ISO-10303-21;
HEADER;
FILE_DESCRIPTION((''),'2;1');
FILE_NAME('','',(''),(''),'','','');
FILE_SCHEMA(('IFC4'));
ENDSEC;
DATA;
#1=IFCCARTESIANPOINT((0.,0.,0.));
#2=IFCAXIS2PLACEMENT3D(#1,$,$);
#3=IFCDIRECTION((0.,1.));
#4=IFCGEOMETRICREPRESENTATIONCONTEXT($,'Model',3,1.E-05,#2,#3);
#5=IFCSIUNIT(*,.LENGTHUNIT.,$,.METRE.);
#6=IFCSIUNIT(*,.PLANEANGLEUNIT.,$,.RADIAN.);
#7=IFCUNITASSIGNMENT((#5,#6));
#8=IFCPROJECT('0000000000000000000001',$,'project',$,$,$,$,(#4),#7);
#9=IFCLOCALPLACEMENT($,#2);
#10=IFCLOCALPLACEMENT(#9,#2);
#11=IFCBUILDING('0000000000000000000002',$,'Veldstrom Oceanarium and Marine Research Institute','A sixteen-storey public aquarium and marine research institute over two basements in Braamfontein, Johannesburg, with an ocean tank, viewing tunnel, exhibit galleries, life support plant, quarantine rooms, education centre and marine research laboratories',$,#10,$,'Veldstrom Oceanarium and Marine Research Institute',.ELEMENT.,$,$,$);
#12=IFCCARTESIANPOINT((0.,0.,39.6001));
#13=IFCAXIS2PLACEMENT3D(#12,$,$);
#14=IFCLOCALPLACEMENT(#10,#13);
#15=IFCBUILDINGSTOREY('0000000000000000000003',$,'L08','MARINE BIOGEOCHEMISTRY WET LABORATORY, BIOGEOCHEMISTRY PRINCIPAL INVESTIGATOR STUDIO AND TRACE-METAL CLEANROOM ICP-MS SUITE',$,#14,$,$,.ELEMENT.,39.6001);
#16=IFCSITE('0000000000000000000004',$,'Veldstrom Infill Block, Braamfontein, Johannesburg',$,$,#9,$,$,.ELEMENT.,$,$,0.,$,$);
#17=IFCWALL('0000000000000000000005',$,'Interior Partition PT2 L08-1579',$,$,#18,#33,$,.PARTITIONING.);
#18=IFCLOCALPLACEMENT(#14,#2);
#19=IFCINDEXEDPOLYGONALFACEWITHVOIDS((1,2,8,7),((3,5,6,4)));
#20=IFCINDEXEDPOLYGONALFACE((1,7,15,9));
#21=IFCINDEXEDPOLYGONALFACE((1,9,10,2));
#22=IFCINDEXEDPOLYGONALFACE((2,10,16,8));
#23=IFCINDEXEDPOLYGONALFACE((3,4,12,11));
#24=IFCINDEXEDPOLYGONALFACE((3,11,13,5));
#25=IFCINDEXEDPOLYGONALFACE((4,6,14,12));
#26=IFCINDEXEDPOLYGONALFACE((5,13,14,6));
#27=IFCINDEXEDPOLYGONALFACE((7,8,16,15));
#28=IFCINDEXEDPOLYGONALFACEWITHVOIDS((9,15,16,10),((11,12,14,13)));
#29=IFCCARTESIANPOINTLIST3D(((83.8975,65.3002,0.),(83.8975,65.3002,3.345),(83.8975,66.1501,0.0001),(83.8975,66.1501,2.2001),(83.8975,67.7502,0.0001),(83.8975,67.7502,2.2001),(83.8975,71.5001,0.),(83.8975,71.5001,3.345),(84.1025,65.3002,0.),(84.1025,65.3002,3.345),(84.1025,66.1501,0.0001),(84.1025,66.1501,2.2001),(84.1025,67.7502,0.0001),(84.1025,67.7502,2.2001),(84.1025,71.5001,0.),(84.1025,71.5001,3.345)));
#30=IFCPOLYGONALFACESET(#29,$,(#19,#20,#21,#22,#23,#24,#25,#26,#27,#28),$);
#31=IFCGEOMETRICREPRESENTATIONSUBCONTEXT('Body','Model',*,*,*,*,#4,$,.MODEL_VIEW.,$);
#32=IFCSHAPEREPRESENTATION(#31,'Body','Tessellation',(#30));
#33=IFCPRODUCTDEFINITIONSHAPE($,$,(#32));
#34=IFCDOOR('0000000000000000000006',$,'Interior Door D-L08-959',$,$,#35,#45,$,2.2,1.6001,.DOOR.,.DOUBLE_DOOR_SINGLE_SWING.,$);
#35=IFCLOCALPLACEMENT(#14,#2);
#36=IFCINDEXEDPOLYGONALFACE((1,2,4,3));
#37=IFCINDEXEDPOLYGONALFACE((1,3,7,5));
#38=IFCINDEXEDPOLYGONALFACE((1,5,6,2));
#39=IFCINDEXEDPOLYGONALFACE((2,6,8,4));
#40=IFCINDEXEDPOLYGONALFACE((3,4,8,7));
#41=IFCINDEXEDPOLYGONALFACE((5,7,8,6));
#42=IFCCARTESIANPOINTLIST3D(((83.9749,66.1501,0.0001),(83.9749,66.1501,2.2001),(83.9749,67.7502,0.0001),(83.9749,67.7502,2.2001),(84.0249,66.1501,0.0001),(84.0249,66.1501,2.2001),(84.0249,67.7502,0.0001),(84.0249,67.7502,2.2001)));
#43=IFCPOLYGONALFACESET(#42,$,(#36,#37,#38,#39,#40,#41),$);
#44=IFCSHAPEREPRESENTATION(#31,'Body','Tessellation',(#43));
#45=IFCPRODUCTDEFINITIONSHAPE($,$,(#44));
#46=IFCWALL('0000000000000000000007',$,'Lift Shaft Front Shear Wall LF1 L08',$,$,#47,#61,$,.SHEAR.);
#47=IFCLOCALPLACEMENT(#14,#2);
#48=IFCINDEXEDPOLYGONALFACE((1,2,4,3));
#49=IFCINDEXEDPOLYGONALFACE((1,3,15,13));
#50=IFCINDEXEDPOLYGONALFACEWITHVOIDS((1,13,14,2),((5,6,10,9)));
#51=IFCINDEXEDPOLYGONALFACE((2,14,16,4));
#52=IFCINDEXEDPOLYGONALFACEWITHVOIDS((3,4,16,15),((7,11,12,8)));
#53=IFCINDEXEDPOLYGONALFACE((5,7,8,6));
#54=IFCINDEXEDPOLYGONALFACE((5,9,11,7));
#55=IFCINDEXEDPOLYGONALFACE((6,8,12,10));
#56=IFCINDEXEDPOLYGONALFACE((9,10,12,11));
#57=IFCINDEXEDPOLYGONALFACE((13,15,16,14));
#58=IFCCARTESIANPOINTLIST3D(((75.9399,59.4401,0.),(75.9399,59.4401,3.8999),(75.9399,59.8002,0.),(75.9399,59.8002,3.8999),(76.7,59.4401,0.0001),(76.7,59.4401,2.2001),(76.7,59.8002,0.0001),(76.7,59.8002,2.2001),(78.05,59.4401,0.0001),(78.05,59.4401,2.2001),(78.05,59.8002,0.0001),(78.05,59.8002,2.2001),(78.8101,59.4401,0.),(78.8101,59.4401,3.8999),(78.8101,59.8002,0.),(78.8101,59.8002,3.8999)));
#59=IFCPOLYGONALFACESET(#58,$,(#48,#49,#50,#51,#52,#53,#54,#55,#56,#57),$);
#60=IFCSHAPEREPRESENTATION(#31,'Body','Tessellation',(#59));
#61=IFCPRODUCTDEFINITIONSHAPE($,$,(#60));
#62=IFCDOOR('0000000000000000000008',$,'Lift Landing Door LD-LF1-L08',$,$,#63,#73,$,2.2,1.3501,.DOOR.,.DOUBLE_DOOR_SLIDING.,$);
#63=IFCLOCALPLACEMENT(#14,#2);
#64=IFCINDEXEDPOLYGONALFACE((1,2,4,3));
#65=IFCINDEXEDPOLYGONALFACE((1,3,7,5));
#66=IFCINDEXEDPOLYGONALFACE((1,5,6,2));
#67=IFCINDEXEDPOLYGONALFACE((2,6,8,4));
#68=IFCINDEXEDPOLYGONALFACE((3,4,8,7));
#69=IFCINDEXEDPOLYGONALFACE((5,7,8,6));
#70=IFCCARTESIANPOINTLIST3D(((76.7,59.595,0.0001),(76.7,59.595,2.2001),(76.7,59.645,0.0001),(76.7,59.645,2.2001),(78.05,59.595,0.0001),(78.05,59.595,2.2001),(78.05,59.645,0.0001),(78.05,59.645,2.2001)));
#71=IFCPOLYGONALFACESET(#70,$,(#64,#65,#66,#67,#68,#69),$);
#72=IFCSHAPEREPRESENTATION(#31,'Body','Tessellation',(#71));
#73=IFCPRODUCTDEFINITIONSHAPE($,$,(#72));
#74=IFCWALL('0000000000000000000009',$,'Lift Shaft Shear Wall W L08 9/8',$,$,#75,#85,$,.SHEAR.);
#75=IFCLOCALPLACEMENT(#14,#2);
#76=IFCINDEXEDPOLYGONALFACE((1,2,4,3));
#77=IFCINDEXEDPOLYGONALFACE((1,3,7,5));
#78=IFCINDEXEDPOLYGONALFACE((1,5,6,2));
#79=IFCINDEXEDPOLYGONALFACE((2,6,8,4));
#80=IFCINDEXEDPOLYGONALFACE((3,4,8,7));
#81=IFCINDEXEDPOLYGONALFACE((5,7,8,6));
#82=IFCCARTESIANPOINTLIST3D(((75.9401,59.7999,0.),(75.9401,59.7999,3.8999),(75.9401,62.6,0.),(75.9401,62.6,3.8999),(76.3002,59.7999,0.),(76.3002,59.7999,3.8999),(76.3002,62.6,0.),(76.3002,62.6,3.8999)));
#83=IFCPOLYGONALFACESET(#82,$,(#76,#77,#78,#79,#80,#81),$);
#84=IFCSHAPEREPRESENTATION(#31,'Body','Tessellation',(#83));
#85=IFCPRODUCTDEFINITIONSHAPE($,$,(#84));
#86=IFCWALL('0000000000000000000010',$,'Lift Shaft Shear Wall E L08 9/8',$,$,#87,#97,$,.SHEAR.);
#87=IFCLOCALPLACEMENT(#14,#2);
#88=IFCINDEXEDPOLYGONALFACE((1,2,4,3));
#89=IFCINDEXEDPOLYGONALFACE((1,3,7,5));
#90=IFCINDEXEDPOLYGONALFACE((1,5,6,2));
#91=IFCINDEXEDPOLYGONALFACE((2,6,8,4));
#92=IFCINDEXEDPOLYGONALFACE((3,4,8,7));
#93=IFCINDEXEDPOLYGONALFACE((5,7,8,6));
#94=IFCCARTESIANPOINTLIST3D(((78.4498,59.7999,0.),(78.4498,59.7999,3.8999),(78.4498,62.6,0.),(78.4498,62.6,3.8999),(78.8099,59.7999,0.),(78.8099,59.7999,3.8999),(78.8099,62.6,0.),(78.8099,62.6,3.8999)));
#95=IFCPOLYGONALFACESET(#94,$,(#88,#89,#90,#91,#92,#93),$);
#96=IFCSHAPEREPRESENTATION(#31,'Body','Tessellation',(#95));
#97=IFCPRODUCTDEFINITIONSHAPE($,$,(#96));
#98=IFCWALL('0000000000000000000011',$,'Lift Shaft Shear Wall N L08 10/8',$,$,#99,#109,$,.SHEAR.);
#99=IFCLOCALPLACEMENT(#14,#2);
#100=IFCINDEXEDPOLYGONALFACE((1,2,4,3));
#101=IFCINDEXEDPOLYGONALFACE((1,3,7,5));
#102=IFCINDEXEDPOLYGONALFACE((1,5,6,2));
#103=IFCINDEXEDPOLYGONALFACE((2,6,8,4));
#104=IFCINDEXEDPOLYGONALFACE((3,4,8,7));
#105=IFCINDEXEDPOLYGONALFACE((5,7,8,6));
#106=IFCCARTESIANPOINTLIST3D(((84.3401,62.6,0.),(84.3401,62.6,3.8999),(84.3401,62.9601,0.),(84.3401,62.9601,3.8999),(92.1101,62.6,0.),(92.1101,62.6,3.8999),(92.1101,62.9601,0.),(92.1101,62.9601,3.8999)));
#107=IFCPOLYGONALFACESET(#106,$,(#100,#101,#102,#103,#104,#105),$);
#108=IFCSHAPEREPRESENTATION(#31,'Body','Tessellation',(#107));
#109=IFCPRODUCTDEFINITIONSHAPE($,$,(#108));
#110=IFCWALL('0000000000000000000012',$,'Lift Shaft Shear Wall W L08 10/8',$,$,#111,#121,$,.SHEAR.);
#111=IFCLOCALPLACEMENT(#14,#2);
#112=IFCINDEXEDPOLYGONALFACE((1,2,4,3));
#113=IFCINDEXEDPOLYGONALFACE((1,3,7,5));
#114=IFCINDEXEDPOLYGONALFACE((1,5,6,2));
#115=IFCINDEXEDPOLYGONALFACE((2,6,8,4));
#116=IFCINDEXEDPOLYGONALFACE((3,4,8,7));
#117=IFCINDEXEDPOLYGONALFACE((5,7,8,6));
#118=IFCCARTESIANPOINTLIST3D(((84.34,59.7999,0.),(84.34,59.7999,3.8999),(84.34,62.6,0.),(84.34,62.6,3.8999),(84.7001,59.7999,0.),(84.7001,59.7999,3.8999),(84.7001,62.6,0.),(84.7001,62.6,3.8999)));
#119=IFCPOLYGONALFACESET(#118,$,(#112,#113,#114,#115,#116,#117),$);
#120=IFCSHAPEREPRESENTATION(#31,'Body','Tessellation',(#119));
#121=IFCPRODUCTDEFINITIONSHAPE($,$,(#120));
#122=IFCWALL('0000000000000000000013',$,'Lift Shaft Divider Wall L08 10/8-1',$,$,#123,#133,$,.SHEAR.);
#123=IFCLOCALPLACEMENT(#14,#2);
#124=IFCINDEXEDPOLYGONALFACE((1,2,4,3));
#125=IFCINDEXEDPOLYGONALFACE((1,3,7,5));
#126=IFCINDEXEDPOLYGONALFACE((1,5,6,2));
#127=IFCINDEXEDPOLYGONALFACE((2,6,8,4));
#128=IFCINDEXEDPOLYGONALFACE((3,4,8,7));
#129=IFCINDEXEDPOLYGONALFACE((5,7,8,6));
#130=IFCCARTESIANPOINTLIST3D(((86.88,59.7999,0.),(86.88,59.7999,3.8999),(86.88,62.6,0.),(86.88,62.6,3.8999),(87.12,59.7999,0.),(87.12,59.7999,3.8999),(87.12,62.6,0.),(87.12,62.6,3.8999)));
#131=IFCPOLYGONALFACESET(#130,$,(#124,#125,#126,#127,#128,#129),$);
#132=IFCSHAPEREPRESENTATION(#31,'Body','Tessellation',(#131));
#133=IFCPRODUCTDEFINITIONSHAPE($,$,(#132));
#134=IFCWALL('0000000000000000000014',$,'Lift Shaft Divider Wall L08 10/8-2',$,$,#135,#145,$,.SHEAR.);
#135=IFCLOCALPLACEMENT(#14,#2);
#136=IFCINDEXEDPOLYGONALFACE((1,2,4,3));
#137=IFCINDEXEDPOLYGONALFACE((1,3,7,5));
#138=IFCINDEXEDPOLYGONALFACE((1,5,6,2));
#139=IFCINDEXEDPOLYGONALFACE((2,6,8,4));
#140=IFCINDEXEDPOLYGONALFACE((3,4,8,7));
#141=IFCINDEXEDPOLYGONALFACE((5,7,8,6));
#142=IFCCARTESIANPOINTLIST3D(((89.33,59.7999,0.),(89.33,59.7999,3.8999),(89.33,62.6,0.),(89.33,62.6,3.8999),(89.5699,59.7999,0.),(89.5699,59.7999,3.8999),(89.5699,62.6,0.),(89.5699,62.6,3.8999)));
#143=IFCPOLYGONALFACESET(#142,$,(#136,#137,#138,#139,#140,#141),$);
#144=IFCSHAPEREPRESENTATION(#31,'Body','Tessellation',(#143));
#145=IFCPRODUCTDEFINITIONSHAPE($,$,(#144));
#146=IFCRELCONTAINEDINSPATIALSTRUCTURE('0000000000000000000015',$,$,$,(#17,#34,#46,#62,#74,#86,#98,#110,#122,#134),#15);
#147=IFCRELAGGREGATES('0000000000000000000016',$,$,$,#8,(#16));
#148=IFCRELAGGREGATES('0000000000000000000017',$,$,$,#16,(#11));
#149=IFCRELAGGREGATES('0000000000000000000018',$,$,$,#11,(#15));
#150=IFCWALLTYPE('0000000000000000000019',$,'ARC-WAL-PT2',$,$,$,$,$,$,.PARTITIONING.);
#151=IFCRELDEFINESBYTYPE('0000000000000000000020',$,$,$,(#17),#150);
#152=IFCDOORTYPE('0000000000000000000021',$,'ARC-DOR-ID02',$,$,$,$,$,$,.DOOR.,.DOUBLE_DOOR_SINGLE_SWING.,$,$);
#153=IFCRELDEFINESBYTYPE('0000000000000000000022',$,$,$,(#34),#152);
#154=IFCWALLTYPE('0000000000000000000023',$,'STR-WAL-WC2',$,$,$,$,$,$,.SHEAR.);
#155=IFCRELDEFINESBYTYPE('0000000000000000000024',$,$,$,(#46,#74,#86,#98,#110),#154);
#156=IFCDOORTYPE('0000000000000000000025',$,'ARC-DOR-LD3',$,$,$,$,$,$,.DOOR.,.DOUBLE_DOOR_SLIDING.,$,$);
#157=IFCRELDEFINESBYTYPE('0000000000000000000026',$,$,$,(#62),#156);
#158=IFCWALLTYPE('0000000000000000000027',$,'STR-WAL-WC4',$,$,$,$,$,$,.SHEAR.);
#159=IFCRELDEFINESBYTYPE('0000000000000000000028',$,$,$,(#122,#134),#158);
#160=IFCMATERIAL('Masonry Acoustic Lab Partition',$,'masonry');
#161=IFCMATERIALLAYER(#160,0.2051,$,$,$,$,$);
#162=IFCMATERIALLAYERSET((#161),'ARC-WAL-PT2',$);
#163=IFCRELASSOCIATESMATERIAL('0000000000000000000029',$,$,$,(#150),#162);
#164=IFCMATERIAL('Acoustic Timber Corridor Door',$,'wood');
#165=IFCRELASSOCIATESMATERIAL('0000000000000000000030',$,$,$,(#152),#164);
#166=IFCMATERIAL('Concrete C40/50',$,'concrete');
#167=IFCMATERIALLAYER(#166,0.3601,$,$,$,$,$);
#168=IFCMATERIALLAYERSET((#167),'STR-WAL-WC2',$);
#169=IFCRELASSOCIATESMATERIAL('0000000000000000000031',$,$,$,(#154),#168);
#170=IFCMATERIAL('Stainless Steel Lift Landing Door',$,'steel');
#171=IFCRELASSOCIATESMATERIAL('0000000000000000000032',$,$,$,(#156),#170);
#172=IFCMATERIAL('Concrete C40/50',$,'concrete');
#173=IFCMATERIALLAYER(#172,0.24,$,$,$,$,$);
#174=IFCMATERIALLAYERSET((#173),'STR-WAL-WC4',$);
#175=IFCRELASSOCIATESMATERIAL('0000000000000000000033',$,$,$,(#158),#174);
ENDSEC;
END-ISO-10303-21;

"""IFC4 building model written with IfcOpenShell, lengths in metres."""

from ifc_helpers import new_model, si_unit, direction, frame, frame_2d, origin, place, context, subcontext, project, spatial, rectangle, extrude, material, layer, layer_set, type_object, element, fill, save


model = new_model("IFC4")

# Units and contexts
model_context = context("Model", 3, precision=1e-05, world=origin(), true_north=direction((0.0, 1.0)))
body_context = subcontext(model_context, "Body", "Model", "MODEL_VIEW")
ifc_project = project(units=[si_unit("LENGTHUNIT", "METRE"), si_unit("PLANEANGLEUNIT", "RADIAN")], contexts=[model_context])

# Site, building, storey
site_placement = place(None, origin())
site = spatial("IfcSite", under=ifc_project, at=site_placement, Name="Veldstrom Infill Block, Braamfontein, Johannesburg", CompositionType="ELEMENT", RefElevation=0.0)
building_placement = place(site_placement, origin())
building = spatial("IfcBuilding", under=site, at=building_placement, Name="Veldstrom Oceanarium and Marine Research Institute", Description="A sixteen-storey public aquarium and marine research institute over two basements in Braamfontein, Johannesburg, with an ocean tank, viewing tunnel, exhibit galleries, life support plant, quarantine rooms, education centre and marine research laboratories", LongName="Veldstrom Oceanarium and Marine Research Institute", CompositionType="ELEMENT")
storey_placement = place(building_placement, frame((0.0, 0.0, 39.6001)))
storey = spatial("IfcBuildingStorey", under=building, at=storey_placement, Name="L08", Description="MARINE BIOGEOCHEMISTRY WET LABORATORY, BIOGEOCHEMISTRY PRINCIPAL INVESTIGATOR STUDIO AND TRACE-METAL CLEANROOM ICP-MS SUITE", CompositionType="ELEMENT", Elevation=39.6001)

# Walls, openings, doors
ifc_material_1 = material(Name="Masonry Acoustic Lab Partition", Category="masonry")
ifc_layer_1 = layer(ifc_material_1, 0.2051)
ifc_layer_set_1 = layer_set([ifc_layer_1], Name="ARC-WAL-PT2")
wall_type_1 = type_object("IfcWallType", Name="ARC-WAL-PT2", PredefinedType="PARTITIONING", material=ifc_layer_set_1)
wall_1_placement = place(storey_placement, frame((84.0, 65.3, 0.0), z_axis=(0.0, 0.0, 1.0), x_axis=(0.0, 1.0, 0.0)))
wall_1 = element("IfcWall", 1, at=wall_1_placement, inside=storey, type_object=wall_type_1, Name="Interior Partition PT2 L08-1579", PredefinedType="PARTITIONING", context=body_context, shape_type="SweptSolid", body=[
    extrude(rectangle(XDim=6.2, YDim=0.2051, at=frame_2d((3.1001, 0.0))), origin(), (0.0, 0.0, 1.0), 3.345),
])
opening_1_placement = place(wall_1_placement, frame((0.8501, 0.0, 0.0)))
opening_1 = element("IfcOpeningElement", 2, at=opening_1_placement, cuts=wall_1, PredefinedType="OPENING", context=body_context, shape_type="SweptSolid", body=[
    extrude(rectangle(XDim=1.6001, YDim=2.2, at=frame_2d((0.8, 1.1001))), frame((0.0, 0.1125, 0.0), z_axis=(0.0, -1.0, 0.0), x_axis=(1.0, 0.0, 0.0)), (0.0, 0.0, 1.0), 0.2251),
])
ifc_material_2 = material(Name="Acoustic Timber Corridor Door", Category="wood")
door_type_1 = type_object("IfcDoorType", Name="ARC-DOR-ID02", OperationType="DOUBLE_DOOR_SINGLE_SWING", PredefinedType="DOOR", material=ifc_material_2)
door_1_placement = place(opening_1_placement, frame((1.6001, 0.0, 0.0), z_axis=(0.0, 0.0, 1.0), x_axis=(-1.0, 0.0, 0.0)))
door_1 = element("IfcDoor", 3, at=door_1_placement, inside=storey, type_object=door_type_1, Name="Interior Door D-L08-959", OperationType="DOUBLE_DOOR_SINGLE_SWING", OverallHeight=2.2, OverallWidth=1.6001, PredefinedType="DOOR", context=body_context, shape_type="SweptSolid", body=[
    extrude(rectangle(XDim=1.6001, YDim=2.2, at=frame_2d((0.8, 1.1001))), frame((0.0, 0.0249, 0.0), z_axis=(0.0, -1.0, 0.0), x_axis=(1.0, 0.0, 0.0)), (0.0, 0.0, 1.0), 0.05),
])
fill(opening_1, door_1)
ifc_material_3 = material(Name="Concrete C40/50", Category="concrete")
ifc_layer_2 = layer(ifc_material_3, 0.3601)
ifc_layer_set_2 = layer_set([ifc_layer_2], Name="STR-WAL-WC2")
wall_type_2 = type_object("IfcWallType", Name="STR-WAL-WC2", PredefinedType="SHEAR", material=ifc_layer_set_2)
wall_2_placement = place(storey_placement, frame((75.9399, 59.6201, 0.0), z_axis=(0.0, 0.0, 1.0), x_axis=(1.0, 0.0, 0.0)))
wall_2 = element("IfcWall", 4, at=wall_2_placement, inside=storey, type_object=wall_type_2, Name="Lift Shaft Front Shear Wall LF1 L08", PredefinedType="SHEAR", context=body_context, shape_type="SweptSolid", body=[
    extrude(rectangle(XDim=2.8701, YDim=0.3601, at=frame_2d((1.4351, 0.0))), origin(), (0.0, 0.0, 1.0), 3.8999),
])
opening_2_placement = place(wall_2_placement, frame((0.76, 0.0, 0.0)))
opening_2 = element("IfcOpeningElement", 5, at=opening_2_placement, cuts=wall_2, PredefinedType="OPENING", context=body_context, shape_type="SweptSolid", body=[
    extrude(rectangle(XDim=1.3501, YDim=2.2, at=frame_2d((0.675, 1.1001))), frame((0.0, 0.1899, 0.0), z_axis=(0.0, -1.0, 0.0), x_axis=(1.0, 0.0, 0.0)), (0.0, 0.0, 1.0), 0.3801),
])
ifc_material_4 = material(Name="Stainless Steel Lift Landing Door", Category="steel")
door_type_2 = type_object("IfcDoorType", Name="ARC-DOR-LD3", OperationType="DOUBLE_DOOR_SLIDING", PredefinedType="DOOR", material=ifc_material_4)
door_2_placement = place(opening_2_placement, origin())
door_2 = element("IfcDoor", 6, at=door_2_placement, inside=storey, type_object=door_type_2, Name="Lift Landing Door LD-LF1-L08", OperationType="DOUBLE_DOOR_SLIDING", OverallHeight=2.2, OverallWidth=1.3501, PredefinedType="DOOR", context=body_context, shape_type="SweptSolid", body=[
    extrude(rectangle(XDim=1.3501, YDim=2.2, at=frame_2d((0.675, 1.1001))), frame((0.0, 0.0249, 0.0), z_axis=(0.0, -1.0, 0.0), x_axis=(1.0, 0.0, 0.0)), (0.0, 0.0, 1.0), 0.05),
])
fill(opening_2, door_2)

# Walls
for number, where, z_axis, x_axis, name in (
    (7, (76.1201, 59.8, 0.0), (0.0, 0.0, 1.0), (0.0, 1.0, 0.0), "Lift Shaft Shear Wall W L08 9/8"),
    (8, (78.6299, 59.8, 0.0), (0.0, 0.0, 1.0), (0.0, 1.0, 0.0), "Lift Shaft Shear Wall E L08 9/8"),
):
    element("IfcWall", number, at=place(storey_placement, frame(where, z_axis=z_axis, x_axis=x_axis)), inside=storey, type_object=wall_type_2, Name=name, PredefinedType="SHEAR", context=body_context, shape_type="SweptSolid", body=[
        extrude(rectangle(XDim=2.8, YDim=0.3601, at=frame_2d((1.3999, 0.0))), origin(), (0.0, 0.0, 1.0), 3.8999),
    ])
wall_3_placement = place(storey_placement, frame((84.3401, 62.78, 0.0), z_axis=(0.0, 0.0, 1.0), x_axis=(1.0, 0.0, 0.0)))
element("IfcWall", 9, at=wall_3_placement, inside=storey, type_object=wall_type_2, Name="Lift Shaft Shear Wall N L08 10/8", PredefinedType="SHEAR", context=body_context, shape_type="SweptSolid", body=[
    extrude(rectangle(XDim=7.77, YDim=0.3601, at=frame_2d((3.885, 0.0))), origin(), (0.0, 0.0, 1.0), 3.8999),
])

# Walls
wall_4_placement = place(storey_placement, frame((84.52, 59.8, 0.0), z_axis=(0.0, 0.0, 1.0), x_axis=(0.0, 1.0, 0.0)))
element("IfcWall", 10, at=wall_4_placement, inside=storey, type_object=wall_type_2, Name="Lift Shaft Shear Wall W L08 10/8", PredefinedType="SHEAR", context=body_context, shape_type="SweptSolid", body=[
    extrude(rectangle(XDim=2.8, YDim=0.3601, at=frame_2d((1.3999, 0.0))), origin(), (0.0, 0.0, 1.0), 3.8999),
])
ifc_material_5 = material(Name="Concrete C40/50", Category="concrete")
ifc_layer_3 = layer(ifc_material_5, 0.24)
ifc_layer_set_3 = layer_set([ifc_layer_3], Name="STR-WAL-WC4")
wall_type_3 = type_object("IfcWallType", Name="STR-WAL-WC4", PredefinedType="SHEAR", material=ifc_layer_set_3)
for number, where, z_axis, x_axis, name in (
    (11, (87.0, 59.8, 0.0), (0.0, 0.0, 1.0), (0.0, 1.0, 0.0), "Lift Shaft Divider Wall L08 10/8-1"),
    (12, (89.45, 59.8, 0.0), (0.0, 0.0, 1.0), (0.0, 1.0, 0.0), "Lift Shaft Divider Wall L08 10/8-2"),
):
    element("IfcWall", number, at=place(storey_placement, frame(where, z_axis=z_axis, x_axis=x_axis)), inside=storey, type_object=wall_type_3, Name=name, PredefinedType="SHEAR", context=body_context, shape_type="SweptSolid", body=[
        extrude(rectangle(XDim=2.8, YDim=0.24, at=frame_2d((1.3999, 0.0))), origin(), (0.0, 0.0, 1.0), 3.8999),
    ])

save(model, "model.ifc")
